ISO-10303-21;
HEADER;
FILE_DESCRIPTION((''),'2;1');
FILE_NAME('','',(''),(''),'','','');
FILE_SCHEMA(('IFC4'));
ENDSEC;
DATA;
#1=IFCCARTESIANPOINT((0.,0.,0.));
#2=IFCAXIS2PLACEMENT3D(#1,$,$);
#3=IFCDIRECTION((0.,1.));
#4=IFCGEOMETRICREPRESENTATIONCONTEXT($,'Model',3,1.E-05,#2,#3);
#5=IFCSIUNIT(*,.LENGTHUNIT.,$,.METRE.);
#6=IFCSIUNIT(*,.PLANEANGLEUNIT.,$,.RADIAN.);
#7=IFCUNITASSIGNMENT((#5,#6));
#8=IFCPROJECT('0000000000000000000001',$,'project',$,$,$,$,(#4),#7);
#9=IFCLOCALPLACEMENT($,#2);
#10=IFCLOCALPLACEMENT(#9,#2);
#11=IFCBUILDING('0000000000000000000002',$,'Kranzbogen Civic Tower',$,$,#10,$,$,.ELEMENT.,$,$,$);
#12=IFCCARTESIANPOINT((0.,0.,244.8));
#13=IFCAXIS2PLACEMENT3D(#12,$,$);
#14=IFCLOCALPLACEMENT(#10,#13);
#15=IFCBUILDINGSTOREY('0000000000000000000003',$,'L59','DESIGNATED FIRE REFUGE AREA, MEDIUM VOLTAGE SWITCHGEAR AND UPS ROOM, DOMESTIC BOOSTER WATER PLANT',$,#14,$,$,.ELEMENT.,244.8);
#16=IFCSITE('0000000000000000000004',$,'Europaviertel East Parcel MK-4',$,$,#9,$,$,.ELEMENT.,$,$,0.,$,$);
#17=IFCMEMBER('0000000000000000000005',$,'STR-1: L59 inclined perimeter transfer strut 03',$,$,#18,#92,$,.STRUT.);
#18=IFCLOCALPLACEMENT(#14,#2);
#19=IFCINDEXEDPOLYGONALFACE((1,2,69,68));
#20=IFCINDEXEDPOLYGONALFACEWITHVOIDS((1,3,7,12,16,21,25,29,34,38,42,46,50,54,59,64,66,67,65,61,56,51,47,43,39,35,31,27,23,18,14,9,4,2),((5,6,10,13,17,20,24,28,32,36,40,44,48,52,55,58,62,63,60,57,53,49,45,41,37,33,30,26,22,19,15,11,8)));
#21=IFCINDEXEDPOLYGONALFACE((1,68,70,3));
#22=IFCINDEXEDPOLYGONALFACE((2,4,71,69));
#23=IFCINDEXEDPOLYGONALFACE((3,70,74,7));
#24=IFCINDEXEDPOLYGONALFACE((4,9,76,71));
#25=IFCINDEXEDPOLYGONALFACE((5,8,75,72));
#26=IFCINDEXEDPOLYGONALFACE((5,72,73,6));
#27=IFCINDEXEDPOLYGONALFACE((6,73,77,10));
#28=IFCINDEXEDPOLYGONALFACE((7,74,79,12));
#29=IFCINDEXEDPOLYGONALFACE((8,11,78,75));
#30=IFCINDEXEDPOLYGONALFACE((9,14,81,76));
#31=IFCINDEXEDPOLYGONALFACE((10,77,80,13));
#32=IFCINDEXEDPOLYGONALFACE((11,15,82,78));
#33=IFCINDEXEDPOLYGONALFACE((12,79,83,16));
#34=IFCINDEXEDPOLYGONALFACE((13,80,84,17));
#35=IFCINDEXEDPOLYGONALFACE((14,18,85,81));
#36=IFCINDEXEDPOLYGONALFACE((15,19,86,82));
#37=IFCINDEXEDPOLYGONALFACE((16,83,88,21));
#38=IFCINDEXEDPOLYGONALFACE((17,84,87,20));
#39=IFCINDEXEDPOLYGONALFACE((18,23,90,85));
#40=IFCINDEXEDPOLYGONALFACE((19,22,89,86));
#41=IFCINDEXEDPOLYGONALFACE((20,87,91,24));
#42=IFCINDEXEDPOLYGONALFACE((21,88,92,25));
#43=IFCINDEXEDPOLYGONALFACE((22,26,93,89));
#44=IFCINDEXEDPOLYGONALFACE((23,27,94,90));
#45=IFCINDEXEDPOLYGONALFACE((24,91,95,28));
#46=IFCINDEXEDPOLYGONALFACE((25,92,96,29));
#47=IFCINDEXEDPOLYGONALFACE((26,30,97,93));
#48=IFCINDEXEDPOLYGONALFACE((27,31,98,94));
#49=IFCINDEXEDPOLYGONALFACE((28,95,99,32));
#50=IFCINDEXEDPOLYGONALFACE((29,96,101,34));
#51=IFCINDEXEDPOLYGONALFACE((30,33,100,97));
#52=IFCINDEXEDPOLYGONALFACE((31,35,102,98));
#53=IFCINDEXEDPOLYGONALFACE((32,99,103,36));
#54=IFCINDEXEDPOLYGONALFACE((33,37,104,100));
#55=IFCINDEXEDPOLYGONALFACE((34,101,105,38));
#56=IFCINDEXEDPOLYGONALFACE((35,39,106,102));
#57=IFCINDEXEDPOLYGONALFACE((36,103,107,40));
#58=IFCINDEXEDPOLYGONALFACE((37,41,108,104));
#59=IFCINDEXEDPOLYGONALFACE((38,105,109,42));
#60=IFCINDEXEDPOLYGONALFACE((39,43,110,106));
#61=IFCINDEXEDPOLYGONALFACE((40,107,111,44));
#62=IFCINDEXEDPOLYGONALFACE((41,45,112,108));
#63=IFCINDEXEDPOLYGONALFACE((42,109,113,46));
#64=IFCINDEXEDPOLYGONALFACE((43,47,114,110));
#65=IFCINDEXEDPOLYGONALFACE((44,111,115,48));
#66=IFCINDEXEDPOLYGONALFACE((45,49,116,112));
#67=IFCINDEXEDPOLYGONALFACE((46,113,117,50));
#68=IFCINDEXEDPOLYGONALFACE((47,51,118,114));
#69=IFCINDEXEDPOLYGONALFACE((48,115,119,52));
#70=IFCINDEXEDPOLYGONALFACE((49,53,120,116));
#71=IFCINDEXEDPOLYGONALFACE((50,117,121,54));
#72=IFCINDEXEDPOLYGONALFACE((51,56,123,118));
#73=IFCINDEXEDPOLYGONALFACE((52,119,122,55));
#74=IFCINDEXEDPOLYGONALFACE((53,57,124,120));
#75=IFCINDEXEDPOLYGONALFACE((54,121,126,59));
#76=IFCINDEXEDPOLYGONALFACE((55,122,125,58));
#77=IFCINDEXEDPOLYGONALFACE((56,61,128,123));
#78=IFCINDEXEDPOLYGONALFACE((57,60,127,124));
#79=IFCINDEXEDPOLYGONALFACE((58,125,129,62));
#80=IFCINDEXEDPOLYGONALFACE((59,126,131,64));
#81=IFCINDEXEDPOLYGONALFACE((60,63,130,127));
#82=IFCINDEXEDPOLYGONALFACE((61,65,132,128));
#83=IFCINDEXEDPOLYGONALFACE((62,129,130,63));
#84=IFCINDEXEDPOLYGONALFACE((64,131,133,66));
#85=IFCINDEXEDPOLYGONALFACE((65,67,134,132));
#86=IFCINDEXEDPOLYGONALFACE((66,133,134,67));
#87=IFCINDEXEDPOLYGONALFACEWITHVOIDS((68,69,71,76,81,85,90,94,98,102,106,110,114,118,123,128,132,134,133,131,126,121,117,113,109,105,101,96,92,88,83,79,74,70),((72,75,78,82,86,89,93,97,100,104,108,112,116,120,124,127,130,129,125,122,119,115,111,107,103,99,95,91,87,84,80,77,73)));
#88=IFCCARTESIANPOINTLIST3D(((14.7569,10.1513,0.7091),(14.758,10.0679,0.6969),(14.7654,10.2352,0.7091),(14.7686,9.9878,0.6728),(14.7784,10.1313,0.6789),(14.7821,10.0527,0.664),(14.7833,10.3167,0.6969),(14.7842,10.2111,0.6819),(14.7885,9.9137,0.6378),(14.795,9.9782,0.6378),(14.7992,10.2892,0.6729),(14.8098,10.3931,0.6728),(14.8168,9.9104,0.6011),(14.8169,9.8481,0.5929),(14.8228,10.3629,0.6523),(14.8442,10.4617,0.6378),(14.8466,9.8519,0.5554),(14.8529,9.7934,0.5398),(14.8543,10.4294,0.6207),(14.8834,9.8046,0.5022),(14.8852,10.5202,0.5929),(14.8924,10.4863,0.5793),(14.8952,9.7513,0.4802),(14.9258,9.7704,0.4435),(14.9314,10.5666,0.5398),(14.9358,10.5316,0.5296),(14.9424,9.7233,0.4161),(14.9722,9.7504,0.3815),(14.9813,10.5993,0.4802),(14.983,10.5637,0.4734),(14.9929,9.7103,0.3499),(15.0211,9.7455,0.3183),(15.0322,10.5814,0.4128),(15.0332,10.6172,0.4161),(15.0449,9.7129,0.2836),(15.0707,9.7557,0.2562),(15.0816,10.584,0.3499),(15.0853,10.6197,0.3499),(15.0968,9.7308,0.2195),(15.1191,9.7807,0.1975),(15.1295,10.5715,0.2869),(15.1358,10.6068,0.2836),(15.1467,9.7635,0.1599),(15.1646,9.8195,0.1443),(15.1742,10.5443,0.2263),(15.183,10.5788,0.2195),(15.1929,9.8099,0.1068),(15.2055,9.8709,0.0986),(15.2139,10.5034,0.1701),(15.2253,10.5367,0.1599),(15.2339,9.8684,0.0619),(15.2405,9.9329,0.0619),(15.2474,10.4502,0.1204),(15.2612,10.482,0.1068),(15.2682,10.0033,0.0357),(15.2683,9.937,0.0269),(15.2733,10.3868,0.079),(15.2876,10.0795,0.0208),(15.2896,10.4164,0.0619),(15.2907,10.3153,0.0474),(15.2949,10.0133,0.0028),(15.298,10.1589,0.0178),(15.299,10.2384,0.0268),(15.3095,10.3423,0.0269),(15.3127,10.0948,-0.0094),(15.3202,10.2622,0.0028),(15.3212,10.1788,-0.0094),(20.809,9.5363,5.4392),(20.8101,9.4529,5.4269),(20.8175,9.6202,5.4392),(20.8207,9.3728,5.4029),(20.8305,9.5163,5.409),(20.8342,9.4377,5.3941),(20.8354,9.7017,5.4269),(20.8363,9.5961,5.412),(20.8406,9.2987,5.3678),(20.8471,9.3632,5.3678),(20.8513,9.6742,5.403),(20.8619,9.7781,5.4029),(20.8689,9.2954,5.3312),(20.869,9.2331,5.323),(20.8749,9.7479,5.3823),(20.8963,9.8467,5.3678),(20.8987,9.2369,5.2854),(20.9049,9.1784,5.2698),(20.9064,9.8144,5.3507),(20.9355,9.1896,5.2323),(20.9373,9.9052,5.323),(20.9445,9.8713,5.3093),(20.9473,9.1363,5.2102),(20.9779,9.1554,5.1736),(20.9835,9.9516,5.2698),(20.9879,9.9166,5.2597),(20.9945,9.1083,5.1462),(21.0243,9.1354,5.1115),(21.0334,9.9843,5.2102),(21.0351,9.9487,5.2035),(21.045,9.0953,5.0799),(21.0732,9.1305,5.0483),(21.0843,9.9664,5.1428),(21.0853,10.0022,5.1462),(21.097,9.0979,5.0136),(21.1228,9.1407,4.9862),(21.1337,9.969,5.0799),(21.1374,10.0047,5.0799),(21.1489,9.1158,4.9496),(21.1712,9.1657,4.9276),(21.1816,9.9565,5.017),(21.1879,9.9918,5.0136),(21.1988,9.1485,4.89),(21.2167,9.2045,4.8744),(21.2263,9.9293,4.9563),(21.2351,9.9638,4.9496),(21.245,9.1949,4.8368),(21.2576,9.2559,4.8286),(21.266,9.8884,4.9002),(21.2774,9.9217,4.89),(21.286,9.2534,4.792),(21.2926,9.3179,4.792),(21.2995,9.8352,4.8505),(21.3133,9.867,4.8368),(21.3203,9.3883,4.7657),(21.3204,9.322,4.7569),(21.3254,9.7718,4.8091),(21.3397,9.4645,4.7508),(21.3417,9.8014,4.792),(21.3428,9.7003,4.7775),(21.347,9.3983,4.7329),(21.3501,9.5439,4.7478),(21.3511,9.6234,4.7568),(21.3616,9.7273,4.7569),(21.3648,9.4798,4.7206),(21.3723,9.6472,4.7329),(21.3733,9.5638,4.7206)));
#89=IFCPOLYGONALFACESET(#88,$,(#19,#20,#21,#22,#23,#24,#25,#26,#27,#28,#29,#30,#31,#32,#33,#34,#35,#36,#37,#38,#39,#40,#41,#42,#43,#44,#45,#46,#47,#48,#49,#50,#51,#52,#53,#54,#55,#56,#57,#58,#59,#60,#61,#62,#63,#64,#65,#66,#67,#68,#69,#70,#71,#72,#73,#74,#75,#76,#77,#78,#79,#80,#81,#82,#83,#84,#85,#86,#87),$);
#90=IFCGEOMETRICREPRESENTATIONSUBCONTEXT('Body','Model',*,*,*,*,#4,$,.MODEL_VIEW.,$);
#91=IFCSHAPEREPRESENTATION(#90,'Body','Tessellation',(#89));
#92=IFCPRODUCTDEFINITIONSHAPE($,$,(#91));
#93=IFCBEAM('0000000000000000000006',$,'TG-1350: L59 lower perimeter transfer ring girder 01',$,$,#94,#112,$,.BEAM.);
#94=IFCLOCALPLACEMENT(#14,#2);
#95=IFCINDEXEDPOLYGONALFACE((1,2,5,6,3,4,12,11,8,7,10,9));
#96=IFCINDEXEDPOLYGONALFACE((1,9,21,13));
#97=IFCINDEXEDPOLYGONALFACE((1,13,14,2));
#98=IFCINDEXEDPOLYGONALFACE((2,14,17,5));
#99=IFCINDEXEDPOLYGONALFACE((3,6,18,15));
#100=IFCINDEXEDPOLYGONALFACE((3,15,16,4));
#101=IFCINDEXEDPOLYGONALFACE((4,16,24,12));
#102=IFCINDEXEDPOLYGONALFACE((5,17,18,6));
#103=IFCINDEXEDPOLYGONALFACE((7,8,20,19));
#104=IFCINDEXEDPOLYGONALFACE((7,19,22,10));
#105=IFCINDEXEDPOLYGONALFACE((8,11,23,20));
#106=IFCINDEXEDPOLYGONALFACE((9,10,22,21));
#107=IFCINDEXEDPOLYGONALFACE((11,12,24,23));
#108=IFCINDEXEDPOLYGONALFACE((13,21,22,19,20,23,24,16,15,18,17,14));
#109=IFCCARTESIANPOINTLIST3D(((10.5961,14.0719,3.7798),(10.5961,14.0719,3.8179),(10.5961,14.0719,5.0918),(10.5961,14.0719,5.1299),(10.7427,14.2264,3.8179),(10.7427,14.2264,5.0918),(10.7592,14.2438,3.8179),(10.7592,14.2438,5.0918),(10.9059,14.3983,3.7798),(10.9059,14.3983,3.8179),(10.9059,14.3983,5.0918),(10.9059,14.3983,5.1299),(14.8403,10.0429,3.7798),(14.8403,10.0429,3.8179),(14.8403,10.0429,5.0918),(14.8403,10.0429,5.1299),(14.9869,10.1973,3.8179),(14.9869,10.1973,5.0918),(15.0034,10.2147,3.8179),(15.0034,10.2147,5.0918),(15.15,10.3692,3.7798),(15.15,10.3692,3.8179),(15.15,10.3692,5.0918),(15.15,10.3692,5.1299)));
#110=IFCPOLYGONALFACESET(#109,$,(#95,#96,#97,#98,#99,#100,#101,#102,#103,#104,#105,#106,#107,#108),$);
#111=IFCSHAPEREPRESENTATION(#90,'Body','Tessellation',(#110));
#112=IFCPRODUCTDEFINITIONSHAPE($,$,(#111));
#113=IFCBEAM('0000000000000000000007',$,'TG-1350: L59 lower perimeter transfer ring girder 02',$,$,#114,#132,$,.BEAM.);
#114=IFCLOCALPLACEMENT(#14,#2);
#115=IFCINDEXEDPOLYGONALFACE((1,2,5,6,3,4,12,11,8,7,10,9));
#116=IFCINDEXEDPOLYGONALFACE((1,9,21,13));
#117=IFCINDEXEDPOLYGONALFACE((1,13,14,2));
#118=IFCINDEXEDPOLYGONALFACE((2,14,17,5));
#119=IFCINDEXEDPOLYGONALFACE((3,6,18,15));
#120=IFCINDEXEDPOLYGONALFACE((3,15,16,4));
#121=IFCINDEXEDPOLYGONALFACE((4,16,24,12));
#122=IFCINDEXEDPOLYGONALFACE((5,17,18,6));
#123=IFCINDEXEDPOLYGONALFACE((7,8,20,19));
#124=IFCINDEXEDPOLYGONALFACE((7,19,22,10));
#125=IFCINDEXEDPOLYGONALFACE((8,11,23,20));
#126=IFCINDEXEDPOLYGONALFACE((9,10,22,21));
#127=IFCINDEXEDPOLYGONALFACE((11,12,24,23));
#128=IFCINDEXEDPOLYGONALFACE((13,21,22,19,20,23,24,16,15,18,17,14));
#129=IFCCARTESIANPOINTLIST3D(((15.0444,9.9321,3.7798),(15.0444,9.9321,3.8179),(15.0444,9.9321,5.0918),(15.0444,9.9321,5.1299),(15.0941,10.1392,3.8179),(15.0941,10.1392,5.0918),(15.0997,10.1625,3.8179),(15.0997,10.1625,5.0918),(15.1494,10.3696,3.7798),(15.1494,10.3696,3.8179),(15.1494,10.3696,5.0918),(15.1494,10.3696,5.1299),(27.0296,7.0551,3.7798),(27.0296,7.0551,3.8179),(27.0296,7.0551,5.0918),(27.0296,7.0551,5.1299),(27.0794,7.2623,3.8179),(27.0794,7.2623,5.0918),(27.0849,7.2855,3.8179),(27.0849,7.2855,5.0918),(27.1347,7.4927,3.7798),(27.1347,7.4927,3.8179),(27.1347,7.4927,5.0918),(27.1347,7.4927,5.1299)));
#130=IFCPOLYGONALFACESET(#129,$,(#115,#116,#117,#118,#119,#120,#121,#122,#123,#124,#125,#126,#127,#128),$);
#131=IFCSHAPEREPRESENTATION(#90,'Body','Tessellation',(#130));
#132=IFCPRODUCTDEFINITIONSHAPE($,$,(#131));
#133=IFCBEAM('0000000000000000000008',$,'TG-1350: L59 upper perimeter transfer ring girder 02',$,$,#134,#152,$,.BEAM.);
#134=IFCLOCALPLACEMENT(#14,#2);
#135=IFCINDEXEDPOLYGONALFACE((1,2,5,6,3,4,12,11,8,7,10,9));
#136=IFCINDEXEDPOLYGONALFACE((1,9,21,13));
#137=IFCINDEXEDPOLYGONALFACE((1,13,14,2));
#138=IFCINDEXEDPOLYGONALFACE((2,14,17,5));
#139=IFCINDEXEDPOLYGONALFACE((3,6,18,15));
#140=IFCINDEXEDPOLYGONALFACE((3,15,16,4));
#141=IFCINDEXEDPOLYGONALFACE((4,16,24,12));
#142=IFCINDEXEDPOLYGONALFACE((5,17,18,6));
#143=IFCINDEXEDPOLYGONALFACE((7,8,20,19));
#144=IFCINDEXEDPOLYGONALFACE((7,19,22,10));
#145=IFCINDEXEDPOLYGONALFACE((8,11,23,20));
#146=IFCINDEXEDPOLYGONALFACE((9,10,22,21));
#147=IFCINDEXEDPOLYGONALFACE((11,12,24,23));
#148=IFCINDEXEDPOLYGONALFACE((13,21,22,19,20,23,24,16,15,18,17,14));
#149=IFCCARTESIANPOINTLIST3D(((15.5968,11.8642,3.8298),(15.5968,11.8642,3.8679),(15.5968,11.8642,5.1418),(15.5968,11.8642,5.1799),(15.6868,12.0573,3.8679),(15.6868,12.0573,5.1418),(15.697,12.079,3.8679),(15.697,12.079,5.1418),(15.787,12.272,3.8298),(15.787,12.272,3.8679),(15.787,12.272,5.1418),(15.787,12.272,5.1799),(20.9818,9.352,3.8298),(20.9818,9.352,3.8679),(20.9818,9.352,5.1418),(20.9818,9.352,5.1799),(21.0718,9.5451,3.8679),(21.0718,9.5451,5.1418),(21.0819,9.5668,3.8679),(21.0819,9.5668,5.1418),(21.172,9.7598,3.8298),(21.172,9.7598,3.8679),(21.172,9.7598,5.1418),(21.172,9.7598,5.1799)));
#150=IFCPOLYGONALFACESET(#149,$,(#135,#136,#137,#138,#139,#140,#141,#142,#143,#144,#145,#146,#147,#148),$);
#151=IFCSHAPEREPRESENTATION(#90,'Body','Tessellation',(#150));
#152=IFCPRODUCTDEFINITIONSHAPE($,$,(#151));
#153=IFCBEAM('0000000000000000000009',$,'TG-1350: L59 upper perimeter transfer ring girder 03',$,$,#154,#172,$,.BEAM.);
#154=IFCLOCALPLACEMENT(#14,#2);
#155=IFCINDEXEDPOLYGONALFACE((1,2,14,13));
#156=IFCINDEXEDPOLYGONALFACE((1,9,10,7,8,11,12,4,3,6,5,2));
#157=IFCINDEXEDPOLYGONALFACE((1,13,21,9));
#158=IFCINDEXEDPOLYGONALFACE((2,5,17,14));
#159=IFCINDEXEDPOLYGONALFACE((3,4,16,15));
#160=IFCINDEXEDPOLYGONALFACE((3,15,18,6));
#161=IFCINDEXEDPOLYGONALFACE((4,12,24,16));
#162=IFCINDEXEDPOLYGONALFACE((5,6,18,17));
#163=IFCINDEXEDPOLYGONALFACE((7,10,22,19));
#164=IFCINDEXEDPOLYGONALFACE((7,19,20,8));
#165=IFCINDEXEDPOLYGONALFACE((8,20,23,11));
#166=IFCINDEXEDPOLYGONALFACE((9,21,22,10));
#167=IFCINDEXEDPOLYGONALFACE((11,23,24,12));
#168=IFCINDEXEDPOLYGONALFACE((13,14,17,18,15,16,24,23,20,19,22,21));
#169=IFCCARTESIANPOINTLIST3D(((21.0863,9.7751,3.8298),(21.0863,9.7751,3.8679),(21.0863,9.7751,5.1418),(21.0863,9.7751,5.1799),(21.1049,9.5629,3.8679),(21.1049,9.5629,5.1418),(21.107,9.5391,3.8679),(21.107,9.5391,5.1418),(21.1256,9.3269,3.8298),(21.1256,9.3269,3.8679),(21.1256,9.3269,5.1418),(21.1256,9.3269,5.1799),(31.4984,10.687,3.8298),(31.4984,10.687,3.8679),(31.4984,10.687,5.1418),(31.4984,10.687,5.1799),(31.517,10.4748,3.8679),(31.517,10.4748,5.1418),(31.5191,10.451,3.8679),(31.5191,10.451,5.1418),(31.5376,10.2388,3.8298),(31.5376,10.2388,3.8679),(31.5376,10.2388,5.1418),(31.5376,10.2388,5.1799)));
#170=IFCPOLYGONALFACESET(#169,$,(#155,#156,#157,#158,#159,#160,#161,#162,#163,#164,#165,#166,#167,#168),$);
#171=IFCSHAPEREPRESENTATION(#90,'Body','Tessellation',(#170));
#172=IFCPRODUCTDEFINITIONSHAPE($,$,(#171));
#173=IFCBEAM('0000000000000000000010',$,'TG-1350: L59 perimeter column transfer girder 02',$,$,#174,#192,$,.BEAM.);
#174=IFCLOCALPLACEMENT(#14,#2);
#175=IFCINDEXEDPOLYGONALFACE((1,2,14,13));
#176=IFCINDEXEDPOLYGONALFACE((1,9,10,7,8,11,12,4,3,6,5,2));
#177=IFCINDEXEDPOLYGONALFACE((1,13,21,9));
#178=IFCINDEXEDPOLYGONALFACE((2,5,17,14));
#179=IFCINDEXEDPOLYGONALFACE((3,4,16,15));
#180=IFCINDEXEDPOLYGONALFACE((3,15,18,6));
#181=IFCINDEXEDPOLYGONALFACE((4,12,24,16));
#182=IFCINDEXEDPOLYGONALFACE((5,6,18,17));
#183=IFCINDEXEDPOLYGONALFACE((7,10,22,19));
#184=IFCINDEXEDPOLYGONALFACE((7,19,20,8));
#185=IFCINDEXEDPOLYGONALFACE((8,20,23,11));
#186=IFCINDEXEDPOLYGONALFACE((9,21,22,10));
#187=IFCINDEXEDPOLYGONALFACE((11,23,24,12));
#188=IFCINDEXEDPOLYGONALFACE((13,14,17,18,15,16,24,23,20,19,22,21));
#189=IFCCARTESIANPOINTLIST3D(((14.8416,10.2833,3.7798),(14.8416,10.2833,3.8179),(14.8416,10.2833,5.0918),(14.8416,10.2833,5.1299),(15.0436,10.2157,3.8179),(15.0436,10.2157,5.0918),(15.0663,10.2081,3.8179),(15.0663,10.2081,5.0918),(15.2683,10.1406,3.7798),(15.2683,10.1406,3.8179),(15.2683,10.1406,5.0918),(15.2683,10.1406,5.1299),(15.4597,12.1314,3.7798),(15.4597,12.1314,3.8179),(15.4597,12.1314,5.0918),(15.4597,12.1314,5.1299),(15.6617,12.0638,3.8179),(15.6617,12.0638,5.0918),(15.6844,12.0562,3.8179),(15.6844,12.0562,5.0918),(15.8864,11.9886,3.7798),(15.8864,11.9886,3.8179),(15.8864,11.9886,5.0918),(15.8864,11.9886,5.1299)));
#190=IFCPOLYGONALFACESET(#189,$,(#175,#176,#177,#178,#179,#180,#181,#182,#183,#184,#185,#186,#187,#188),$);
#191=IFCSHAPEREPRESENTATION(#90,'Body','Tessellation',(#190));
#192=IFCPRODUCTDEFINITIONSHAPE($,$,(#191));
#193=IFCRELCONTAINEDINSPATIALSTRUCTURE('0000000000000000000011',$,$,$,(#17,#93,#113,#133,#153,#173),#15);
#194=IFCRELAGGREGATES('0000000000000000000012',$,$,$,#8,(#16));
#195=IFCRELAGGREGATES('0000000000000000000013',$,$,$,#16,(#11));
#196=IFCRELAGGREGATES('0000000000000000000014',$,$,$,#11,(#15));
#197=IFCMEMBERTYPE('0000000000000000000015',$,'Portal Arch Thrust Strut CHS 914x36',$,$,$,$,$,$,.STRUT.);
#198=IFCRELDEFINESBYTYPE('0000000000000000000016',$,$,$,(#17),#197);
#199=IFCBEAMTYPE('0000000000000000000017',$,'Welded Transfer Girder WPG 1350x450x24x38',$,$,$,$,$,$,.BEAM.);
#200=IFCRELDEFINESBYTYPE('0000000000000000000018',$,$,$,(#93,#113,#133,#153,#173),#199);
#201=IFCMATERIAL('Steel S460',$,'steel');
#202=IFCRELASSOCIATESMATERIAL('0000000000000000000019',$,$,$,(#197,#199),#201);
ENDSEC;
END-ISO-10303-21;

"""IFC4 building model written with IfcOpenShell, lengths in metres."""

from ifc_helpers import new_model, si_unit, direction, frame, origin, origin_2d, place, context, subcontext, project, spatial, hollow_circle, i_section, extrude, material, material_profile, profile_set, type_object, element, save


model = new_model("IFC4")

# Units and contexts
model_context = context("Model", 3, precision=1e-05, world=origin(), true_north=direction((0.0, 1.0)))
body_context = subcontext(model_context, "Body", "Model", "MODEL_VIEW")
ifc_project = project(units=[si_unit("LENGTHUNIT", "METRE"), si_unit("PLANEANGLEUNIT", "RADIAN")], contexts=[model_context])

# Site, building, storey
site_placement = place(None, origin())
site = spatial("IfcSite", under=ifc_project, at=site_placement, Name="Europaviertel East Parcel MK-4", CompositionType="ELEMENT", RefElevation=0.0)
building_placement = place(site_placement, origin())
building = spatial("IfcBuilding", under=site, at=building_placement, Name="Kranzbogen Civic Tower", CompositionType="ELEMENT")
storey_placement = place(building_placement, frame((0.0, 0.0, 244.8)))
storey = spatial("IfcBuildingStorey", under=building, at=storey_placement, Name="L59", Description="DESIGNATED FIRE REFUGE AREA, MEDIUM VOLTAGE SWITCHGEAR AND UPS ROOM, DOMESTIC BOOSTER WATER PLANT", CompositionType="ELEMENT", Elevation=244.8)

# Member
ifc_material_1 = material(Name="Steel S460", Category="steel")
ifc_material_profile_1 = material_profile(ifc_material_1, hollow_circle(Radius=0.457, WallThickness=0.0359, at=origin_2d()), Name="CHS 914x36")
ifc_profile_set_1 = profile_set([ifc_material_profile_1], Name="Steel S460")
member_type_1 = type_object("IfcMemberType", Name="Portal Arch Thrust Strut CHS 914x36", PredefinedType="STRUT", material=ifc_profile_set_1)
member_1_placement = place(storey_placement, frame((15.0391, 10.165, 0.3499), z_axis=(0.785394, -0.07981, 0.61383), x_axis=(0.101097, 0.994877, 0.0)))
element("IfcMember", 1, at=member_1_placement, inside=storey, type_object=member_type_1, Name="STR-1: L59 inclined perimeter transfer strut 03", PredefinedType="STRUT", context=body_context, shape_type="SweptSolid", body=[
    extrude(hollow_circle(Radius=0.457, WallThickness=0.0359, at=origin_2d()), origin(), (0.0, 0.0, 1.0), 7.7058),
])

# Beams
ifc_material_profile_2 = material_profile(ifc_material_1, i_section(OverallWidth=0.45, OverallDepth=1.3501, WebThickness=0.0239, FlangeThickness=0.0381, at=origin_2d()), Name="WPG 1350x450x24x38")
ifc_profile_set_2 = profile_set([ifc_material_profile_2], Name="Steel S460")
beam_type = type_object("IfcBeamType", Name="Welded Transfer Girder WPG 1350x450x24x38", PredefinedType="BEAM", material=ifc_profile_set_2)
beam_1_placement = place(storey_placement, frame((10.751, 14.2351, 4.4548), z_axis=(0.725245, -0.688491, 0.0), x_axis=(0.688491, 0.725245, 0.0)))
element("IfcBeam", 2, at=beam_1_placement, inside=storey, type_object=beam_type, Name="TG-1350: L59 lower perimeter transfer ring girder 01", PredefinedType="BEAM", context=body_context, shape_type="SweptSolid", body=[
    extrude(i_section(OverallWidth=0.45, OverallDepth=1.3501, WebThickness=0.0239, FlangeThickness=0.0381, at=origin_2d()), origin(), (0.0, 0.0, 1.0), 5.8521),
])
beam_2_placement = place(storey_placement, frame((15.0969, 10.1509, 4.4548), z_axis=(0.972378, -0.233413, 0.0), x_axis=(0.233413, 0.972378, 0.0)))
element("IfcBeam", 3, at=beam_2_placement, inside=storey, type_object=beam_type, Name="TG-1350: L59 lower perimeter transfer ring girder 02", PredefinedType="BEAM", context=body_context, shape_type="SweptSolid", body=[
    extrude(i_section(OverallWidth=0.45, OverallDepth=1.3501, WebThickness=0.0239, FlangeThickness=0.0381, at=origin_2d()), origin(), (0.0, 0.0, 1.0), 12.3257),
])
beam_3_placement = place(storey_placement, frame((15.6919, 12.0681, 4.5049), z_axis=(0.906235, -0.422775, 0.0), x_axis=(0.422775, 0.906235, 0.0)))
element("IfcBeam", 4, at=beam_3_placement, inside=storey, type_object=beam_type, Name="TG-1350: L59 upper perimeter transfer ring girder 02", PredefinedType="BEAM", context=body_context, shape_type="SweptSolid", body=[
    extrude(i_section(OverallWidth=0.45, OverallDepth=1.3501, WebThickness=0.0239, FlangeThickness=0.0381, at=origin_2d()), origin(), (0.0, 0.0, 1.0), 5.9421),
])
beam_4_placement = place(storey_placement, frame((21.106, 9.551, 4.5049), z_axis=(0.996187, 0.087243, 0.0), x_axis=(-0.087243, 0.996187, 0.0)))
element("IfcBeam", 5, at=beam_4_placement, inside=storey, type_object=beam_type, Name="TG-1350: L59 upper perimeter transfer ring girder 03", PredefinedType="BEAM", context=body_context, shape_type="SweptSolid", body=[
    extrude(i_section(OverallWidth=0.45, OverallDepth=1.3501, WebThickness=0.0239, FlangeThickness=0.0381, at=origin_2d()), origin(), (0.0, 0.0, 1.0), 10.4519),
])
beam_5_placement = place(storey_placement, frame((15.0549, 10.2119, 4.4548), z_axis=(0.317205, 0.948357, 0.0), x_axis=(-0.948357, 0.317205, 0.0)))
element("IfcBeam", 6, at=beam_5_placement, inside=storey, type_object=beam_type, Name="TG-1350: L59 perimeter column transfer girder 02", PredefinedType="BEAM", context=body_context, shape_type="SweptSolid", body=[
    extrude(i_section(OverallWidth=0.45, OverallDepth=1.3501, WebThickness=0.0239, FlangeThickness=0.0381, at=origin_2d()), origin(), (0.0, 0.0, 1.0), 1.9487),
])

save(model, "model.ifc")
